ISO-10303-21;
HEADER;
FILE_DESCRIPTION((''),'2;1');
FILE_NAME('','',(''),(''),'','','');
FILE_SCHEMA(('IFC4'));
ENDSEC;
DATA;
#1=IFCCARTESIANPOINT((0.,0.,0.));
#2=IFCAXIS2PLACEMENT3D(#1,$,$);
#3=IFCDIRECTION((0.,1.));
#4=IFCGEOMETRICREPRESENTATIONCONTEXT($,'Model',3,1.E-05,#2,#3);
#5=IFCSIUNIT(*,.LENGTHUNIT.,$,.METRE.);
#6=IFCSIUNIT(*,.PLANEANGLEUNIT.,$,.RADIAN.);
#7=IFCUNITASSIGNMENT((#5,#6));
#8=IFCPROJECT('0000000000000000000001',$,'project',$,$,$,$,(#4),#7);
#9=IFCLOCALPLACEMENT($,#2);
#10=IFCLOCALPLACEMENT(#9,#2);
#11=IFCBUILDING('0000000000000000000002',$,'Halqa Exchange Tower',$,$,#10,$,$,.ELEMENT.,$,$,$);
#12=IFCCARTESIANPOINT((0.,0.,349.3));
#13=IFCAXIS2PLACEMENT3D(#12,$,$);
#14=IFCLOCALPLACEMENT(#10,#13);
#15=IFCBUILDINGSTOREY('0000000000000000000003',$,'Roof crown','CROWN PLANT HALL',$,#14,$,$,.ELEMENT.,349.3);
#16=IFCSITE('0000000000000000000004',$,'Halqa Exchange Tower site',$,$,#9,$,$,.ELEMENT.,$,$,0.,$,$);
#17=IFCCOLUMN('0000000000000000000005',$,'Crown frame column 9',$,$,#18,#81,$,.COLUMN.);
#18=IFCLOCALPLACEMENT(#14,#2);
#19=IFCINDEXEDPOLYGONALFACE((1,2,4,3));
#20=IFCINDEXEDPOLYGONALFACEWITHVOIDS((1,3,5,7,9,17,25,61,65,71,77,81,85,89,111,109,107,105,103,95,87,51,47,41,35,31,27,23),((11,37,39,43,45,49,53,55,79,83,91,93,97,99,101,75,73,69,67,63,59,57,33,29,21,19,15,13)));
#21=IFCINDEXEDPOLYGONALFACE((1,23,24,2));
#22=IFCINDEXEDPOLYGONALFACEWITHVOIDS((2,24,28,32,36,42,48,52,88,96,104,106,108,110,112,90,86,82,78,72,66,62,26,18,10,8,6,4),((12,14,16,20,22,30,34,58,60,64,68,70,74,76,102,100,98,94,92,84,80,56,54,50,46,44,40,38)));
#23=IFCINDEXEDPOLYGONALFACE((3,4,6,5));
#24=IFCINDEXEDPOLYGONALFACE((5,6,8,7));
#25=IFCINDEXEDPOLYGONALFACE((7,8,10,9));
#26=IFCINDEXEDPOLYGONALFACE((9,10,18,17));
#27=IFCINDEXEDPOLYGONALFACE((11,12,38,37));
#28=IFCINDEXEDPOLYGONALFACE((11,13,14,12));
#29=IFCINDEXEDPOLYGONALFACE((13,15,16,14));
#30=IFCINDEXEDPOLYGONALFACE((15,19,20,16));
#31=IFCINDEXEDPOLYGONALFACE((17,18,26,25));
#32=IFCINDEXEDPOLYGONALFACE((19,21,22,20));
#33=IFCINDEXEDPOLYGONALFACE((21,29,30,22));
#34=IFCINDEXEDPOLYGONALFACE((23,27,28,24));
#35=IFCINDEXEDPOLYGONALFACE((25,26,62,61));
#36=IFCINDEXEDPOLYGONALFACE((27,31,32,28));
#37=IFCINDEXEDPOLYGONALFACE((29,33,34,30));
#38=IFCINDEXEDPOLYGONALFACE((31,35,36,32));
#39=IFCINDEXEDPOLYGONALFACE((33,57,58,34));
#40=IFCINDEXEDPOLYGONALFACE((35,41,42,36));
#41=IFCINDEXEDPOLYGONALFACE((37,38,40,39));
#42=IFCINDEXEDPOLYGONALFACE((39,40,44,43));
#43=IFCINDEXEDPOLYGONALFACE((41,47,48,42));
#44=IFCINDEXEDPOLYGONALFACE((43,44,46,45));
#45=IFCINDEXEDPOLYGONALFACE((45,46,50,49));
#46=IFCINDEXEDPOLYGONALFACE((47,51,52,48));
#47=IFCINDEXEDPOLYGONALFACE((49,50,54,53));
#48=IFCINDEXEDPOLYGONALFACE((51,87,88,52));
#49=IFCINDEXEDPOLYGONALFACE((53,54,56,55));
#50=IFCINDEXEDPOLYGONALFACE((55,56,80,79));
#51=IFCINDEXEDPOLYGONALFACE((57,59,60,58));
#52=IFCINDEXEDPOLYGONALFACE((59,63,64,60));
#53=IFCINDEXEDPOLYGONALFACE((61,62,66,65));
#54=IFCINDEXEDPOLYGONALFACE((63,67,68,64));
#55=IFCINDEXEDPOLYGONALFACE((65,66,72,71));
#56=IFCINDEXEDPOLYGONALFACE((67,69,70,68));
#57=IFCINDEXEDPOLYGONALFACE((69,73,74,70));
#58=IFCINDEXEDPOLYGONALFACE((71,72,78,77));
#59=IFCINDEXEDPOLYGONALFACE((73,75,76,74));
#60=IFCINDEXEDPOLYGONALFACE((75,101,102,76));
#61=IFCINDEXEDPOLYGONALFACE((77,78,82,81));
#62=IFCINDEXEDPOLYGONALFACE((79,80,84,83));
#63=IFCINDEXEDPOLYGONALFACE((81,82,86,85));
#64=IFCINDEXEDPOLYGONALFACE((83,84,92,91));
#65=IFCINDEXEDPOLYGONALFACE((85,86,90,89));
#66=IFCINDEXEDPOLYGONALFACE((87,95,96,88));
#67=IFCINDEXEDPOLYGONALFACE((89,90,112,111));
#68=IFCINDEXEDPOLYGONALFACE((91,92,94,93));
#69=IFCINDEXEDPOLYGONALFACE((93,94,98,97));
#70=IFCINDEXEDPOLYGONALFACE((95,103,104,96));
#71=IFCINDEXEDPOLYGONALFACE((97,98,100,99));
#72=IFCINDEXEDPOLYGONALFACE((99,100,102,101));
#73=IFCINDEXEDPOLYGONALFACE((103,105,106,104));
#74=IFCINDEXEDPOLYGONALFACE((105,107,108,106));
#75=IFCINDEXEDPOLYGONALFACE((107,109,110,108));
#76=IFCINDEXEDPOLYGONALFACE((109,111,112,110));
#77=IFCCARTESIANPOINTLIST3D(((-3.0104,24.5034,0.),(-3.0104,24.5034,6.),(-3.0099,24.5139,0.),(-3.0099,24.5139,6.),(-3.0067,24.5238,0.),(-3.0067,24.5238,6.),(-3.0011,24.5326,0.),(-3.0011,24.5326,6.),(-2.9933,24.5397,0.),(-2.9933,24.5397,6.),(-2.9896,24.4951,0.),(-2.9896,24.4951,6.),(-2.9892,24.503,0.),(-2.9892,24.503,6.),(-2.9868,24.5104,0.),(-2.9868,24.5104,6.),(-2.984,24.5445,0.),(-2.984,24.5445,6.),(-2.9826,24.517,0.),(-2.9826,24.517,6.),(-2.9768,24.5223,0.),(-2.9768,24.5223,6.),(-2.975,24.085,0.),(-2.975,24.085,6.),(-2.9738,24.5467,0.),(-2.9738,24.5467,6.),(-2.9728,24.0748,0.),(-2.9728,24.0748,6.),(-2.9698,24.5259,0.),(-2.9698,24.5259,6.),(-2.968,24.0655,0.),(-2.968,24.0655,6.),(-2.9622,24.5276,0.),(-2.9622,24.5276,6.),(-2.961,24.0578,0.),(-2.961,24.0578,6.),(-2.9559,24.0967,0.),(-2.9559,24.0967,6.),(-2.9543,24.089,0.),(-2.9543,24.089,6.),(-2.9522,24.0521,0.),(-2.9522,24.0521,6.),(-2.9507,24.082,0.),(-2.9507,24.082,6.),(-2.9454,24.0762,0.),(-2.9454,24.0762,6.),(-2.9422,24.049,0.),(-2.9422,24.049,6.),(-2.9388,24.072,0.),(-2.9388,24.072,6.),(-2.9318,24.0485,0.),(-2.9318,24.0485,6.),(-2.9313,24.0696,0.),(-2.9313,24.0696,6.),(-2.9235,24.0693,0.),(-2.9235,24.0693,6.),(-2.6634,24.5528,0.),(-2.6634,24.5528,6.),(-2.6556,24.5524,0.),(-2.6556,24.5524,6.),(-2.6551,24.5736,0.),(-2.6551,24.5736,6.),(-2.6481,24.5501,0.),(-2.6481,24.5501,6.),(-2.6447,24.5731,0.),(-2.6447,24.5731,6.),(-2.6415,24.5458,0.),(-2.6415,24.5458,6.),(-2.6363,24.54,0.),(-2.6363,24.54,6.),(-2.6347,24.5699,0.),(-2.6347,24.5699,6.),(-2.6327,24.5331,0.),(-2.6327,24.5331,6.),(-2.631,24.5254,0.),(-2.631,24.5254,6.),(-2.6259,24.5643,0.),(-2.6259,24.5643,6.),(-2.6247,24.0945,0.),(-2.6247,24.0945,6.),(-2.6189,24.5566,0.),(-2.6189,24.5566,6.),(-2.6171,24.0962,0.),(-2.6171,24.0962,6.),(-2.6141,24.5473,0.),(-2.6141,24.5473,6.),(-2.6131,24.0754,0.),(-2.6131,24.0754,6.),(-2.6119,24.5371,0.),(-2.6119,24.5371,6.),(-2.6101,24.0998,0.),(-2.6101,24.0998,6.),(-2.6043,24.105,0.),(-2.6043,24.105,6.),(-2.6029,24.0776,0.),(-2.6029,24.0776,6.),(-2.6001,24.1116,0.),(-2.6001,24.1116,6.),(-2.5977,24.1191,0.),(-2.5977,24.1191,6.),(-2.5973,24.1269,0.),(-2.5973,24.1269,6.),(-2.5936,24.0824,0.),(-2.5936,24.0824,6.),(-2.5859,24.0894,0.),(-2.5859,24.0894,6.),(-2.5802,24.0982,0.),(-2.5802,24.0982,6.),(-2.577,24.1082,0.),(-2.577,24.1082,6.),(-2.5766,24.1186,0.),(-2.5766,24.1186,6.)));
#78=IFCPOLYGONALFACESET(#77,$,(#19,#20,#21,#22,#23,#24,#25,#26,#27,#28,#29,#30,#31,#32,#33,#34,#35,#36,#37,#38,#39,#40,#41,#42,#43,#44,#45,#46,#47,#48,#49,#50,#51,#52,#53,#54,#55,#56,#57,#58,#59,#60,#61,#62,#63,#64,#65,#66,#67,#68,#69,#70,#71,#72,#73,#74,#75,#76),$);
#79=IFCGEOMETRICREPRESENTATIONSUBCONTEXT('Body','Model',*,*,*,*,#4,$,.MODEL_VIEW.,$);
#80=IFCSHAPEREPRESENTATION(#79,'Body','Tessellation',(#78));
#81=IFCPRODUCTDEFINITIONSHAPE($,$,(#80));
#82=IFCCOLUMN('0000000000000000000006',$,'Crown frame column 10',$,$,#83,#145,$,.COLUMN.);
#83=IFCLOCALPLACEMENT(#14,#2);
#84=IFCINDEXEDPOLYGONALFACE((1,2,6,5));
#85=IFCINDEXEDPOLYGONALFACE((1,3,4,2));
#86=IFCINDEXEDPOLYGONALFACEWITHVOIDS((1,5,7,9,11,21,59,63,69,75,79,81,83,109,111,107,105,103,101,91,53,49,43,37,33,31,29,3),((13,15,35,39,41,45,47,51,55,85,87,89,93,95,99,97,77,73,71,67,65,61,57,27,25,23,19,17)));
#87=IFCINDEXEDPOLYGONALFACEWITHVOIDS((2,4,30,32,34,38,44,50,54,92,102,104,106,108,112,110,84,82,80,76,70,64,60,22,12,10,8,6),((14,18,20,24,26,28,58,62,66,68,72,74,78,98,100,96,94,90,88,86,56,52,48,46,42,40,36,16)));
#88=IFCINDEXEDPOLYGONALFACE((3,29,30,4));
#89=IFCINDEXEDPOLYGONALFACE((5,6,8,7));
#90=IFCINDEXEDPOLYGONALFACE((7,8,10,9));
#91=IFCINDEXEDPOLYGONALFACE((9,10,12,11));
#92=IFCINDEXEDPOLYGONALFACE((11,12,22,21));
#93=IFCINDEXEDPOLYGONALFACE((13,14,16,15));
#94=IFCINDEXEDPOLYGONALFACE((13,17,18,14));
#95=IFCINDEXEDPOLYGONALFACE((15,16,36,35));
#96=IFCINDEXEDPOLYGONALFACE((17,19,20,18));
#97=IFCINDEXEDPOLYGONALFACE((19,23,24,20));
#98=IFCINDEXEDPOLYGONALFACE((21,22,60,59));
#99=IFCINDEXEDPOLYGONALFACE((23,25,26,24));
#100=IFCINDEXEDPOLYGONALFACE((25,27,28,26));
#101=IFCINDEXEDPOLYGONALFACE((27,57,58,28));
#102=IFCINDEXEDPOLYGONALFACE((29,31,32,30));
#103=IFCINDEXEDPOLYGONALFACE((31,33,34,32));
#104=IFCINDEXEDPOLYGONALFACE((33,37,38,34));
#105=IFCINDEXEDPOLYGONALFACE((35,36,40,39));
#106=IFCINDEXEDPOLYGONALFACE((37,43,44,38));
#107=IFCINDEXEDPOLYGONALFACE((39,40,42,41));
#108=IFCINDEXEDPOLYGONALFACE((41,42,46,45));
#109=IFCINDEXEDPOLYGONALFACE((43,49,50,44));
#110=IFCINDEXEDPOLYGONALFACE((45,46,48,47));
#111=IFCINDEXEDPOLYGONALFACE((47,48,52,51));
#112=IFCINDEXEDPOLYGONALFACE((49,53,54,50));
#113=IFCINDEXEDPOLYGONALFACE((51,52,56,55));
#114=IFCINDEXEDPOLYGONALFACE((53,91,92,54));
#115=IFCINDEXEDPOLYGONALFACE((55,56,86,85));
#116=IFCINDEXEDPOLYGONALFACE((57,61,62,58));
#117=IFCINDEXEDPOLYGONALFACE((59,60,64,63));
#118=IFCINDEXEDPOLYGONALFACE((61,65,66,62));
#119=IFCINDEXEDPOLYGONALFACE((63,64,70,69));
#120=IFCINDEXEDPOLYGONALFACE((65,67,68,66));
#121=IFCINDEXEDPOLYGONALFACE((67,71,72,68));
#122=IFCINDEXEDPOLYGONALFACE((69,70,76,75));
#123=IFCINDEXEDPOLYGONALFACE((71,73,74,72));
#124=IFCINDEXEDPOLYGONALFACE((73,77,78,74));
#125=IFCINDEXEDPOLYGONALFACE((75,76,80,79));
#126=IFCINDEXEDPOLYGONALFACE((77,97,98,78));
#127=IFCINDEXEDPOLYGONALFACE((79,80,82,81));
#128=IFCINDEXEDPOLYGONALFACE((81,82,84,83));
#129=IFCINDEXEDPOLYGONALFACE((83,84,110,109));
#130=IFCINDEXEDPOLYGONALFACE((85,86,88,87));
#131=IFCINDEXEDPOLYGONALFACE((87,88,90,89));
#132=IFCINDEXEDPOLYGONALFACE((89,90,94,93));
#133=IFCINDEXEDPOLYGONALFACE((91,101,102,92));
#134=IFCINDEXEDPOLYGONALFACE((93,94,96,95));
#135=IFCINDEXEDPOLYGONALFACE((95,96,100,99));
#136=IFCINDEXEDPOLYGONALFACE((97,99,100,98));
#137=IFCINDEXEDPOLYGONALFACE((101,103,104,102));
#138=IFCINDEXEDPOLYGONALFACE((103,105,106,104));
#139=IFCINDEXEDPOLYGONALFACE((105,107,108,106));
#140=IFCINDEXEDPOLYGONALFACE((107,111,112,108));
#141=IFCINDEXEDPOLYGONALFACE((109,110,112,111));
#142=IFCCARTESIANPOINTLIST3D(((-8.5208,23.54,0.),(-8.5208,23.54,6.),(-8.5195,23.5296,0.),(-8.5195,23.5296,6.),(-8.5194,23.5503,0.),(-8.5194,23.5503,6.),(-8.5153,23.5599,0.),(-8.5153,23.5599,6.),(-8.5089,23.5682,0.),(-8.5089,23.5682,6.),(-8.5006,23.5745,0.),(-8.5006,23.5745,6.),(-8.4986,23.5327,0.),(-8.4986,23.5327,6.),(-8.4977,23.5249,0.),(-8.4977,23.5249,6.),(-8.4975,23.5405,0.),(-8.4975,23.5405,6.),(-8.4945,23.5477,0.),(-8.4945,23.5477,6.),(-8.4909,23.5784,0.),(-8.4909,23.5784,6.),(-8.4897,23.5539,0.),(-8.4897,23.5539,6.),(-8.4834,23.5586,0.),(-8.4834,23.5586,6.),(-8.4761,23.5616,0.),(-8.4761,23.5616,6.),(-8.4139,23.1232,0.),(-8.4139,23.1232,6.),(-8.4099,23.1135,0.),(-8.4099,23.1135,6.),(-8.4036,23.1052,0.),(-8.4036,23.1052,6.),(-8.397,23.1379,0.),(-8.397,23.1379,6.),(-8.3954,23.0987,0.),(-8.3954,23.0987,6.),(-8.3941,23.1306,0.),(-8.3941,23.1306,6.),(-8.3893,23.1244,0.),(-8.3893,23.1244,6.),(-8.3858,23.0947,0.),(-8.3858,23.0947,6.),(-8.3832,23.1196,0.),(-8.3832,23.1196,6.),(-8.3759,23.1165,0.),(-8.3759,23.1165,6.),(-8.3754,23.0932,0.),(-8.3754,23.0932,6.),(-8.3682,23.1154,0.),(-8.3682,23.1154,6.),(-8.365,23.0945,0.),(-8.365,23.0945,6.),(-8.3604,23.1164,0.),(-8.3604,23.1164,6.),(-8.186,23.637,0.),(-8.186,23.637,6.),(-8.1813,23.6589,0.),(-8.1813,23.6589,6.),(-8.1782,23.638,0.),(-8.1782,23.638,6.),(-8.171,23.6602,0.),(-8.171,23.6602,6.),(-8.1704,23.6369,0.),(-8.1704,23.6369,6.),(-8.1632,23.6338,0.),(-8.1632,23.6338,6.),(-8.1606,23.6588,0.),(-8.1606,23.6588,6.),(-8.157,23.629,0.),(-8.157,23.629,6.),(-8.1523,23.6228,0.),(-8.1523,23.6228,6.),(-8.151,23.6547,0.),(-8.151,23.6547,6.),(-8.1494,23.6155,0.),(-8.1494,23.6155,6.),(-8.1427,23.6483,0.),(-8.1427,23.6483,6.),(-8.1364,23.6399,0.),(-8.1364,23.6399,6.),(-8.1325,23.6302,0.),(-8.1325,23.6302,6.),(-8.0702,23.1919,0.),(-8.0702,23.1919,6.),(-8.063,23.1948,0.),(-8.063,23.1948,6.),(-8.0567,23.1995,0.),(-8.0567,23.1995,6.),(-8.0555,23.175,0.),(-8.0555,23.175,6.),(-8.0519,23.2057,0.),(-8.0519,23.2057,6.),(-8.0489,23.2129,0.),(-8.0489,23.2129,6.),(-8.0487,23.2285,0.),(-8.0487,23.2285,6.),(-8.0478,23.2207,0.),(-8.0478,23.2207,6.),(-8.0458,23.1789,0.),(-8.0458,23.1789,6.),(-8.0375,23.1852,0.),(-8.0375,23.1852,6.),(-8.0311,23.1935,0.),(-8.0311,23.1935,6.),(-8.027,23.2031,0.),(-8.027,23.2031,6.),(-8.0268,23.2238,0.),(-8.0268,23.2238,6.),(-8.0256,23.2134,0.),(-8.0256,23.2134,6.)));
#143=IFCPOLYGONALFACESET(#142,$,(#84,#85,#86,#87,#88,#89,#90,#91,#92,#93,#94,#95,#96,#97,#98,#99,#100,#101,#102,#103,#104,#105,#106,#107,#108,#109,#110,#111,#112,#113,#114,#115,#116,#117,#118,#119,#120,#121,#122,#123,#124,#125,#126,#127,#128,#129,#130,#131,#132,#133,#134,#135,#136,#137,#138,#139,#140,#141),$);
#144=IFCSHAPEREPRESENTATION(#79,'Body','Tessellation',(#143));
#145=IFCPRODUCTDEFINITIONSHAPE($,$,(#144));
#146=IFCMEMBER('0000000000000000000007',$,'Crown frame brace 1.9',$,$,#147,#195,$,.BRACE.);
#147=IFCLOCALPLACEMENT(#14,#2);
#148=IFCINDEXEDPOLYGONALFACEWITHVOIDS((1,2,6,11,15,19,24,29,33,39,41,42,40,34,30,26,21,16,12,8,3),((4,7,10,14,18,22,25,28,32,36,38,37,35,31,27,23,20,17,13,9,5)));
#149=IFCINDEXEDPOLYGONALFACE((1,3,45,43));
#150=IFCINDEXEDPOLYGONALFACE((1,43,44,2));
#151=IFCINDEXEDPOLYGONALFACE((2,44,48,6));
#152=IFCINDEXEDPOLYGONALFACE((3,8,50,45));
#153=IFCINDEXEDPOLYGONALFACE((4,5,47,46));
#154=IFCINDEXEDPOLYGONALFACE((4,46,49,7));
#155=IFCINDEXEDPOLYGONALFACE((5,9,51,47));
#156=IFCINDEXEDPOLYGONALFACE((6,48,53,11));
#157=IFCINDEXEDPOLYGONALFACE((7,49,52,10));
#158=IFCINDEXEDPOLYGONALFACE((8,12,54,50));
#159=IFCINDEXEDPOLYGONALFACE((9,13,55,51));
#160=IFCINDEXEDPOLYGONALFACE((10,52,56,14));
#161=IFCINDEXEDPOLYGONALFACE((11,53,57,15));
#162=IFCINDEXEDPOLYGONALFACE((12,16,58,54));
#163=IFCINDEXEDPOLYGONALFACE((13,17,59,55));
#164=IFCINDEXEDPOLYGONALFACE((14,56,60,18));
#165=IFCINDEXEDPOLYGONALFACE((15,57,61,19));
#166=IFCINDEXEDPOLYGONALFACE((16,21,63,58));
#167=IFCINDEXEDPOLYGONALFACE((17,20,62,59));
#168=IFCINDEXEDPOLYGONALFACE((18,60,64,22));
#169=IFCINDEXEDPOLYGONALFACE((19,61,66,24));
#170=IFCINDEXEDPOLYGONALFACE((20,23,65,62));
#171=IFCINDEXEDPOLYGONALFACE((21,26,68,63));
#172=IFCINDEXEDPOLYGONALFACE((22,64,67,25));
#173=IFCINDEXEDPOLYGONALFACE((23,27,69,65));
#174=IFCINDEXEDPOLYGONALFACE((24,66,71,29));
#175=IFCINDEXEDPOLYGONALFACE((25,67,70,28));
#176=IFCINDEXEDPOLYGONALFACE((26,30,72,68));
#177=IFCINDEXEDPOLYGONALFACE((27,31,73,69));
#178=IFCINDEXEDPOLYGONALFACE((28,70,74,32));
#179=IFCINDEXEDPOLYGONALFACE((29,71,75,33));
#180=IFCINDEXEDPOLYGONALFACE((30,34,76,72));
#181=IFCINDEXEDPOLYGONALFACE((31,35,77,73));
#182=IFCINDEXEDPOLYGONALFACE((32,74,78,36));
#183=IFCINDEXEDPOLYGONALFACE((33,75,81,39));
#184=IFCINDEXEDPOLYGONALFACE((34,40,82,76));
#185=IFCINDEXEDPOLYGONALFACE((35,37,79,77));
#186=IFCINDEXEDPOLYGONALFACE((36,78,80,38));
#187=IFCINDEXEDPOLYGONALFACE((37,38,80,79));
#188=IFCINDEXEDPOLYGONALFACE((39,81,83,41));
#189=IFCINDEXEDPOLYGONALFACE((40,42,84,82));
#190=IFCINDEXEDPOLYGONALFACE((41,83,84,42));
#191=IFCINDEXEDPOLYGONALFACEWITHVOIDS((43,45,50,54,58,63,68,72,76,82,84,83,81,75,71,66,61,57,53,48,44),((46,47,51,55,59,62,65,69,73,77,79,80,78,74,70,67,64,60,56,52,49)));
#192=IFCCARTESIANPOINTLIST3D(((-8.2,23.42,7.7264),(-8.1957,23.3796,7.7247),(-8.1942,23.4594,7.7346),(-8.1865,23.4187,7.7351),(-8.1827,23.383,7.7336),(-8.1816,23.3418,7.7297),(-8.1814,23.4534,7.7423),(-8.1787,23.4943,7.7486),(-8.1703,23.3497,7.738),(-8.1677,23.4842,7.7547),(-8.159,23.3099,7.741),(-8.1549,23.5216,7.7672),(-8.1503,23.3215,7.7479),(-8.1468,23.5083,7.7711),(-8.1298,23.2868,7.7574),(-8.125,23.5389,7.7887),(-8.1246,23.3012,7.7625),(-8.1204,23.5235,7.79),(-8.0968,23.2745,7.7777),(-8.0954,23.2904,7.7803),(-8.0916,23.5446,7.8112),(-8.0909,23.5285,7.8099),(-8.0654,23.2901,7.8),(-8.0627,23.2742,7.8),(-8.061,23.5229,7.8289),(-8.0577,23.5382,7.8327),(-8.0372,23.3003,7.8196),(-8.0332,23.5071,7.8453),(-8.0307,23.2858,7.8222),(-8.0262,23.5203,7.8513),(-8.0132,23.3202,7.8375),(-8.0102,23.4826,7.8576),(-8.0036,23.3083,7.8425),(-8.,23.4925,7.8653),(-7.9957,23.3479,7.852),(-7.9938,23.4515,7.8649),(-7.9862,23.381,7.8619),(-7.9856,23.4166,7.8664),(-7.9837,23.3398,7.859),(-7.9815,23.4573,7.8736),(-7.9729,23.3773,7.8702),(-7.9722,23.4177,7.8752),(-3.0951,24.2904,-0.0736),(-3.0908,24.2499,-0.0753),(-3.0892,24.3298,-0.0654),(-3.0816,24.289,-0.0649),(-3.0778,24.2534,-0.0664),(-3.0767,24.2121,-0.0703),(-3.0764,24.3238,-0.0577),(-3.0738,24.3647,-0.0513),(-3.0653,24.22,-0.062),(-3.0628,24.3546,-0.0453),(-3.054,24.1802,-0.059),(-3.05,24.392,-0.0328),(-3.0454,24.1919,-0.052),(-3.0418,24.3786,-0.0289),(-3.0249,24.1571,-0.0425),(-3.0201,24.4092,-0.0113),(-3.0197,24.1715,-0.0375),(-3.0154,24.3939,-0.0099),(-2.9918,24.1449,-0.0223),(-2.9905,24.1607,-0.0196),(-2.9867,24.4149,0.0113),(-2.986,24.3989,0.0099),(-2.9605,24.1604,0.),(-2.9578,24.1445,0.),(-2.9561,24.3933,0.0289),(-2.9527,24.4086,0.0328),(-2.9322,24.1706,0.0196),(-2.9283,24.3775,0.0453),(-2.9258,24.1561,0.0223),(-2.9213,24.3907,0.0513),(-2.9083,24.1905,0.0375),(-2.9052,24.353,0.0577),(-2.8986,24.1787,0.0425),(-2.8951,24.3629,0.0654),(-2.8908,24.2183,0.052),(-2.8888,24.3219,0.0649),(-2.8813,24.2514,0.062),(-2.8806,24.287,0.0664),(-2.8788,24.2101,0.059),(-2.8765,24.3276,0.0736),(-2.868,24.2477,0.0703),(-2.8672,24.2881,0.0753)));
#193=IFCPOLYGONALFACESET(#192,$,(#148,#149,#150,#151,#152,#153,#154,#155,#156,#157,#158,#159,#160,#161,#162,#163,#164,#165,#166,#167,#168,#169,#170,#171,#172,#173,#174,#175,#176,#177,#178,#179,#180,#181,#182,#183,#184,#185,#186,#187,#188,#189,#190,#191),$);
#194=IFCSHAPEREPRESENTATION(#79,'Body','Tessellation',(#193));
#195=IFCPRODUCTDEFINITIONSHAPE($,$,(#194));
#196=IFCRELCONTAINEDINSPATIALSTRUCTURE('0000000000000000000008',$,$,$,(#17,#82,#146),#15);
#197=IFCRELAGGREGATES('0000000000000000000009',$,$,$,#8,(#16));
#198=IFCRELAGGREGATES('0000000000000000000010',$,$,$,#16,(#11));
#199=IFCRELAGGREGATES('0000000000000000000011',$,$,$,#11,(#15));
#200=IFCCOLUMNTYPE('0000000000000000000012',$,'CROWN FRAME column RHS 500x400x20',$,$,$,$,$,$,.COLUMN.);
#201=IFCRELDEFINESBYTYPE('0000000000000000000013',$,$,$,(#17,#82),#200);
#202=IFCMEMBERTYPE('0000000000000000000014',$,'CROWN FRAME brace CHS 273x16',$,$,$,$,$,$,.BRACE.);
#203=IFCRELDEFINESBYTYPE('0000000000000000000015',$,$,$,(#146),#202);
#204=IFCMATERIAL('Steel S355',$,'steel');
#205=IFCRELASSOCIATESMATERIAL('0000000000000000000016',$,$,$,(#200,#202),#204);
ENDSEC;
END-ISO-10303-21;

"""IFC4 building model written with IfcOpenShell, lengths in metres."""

from ifc_helpers import new_model, si_unit, direction, frame, origin, origin_2d, place, context, subcontext, project, spatial, hollow_rectangle, hollow_circle, extrude, material, material_profile, profile_set, type_object, element, save


model = new_model("IFC4")

# Units and contexts
model_context = context("Model", 3, precision=1e-05, world=origin(), true_north=direction((0.0, 1.0)))
body_context = subcontext(model_context, "Body", "Model", "MODEL_VIEW")
ifc_project = project(units=[si_unit("LENGTHUNIT", "METRE"), si_unit("PLANEANGLEUNIT", "RADIAN")], contexts=[model_context])

# Site, building, storey
site_placement = place(None, origin())
site = spatial("IfcSite", under=ifc_project, at=site_placement, Name="Halqa Exchange Tower site", CompositionType="ELEMENT", RefElevation=0.0)
building_placement = place(site_placement, origin())
building = spatial("IfcBuilding", under=site, at=building_placement, Name="Halqa Exchange Tower", CompositionType="ELEMENT")
storey_placement = place(building_placement, frame((0.0, 0.0, 349.3)))
storey = spatial("IfcBuildingStorey", under=building, at=storey_placement, Name="Roof crown", Description="CROWN PLANT HALL", CompositionType="ELEMENT", Elevation=349.3)

# Columns
ifc_material_1 = material(Name="Steel S355", Category="steel")
ifc_material_profile_1 = material_profile(ifc_material_1, hollow_rectangle(XDim=0.3999, YDim=0.5, WallThickness=0.02, InnerFilletRadius=0.03, OuterFilletRadius=0.04, at=origin_2d()), Name="RHS 500x400x20")
ifc_profile_set_1 = profile_set([ifc_material_profile_1], Name="Steel S355")
column_type = type_object("IfcColumnType", Name="CROWN FRAME column RHS 500x400x20", PredefinedType="COLUMN", material=ifc_profile_set_1)
for number, where, z_axis, x_axis, name in (
    (1, (-2.7935, 24.311, 0.0), (0.0, 0.0, 1.0), (-0.996455, -0.084127, 0.0), "Crown frame column 9"),
    (2, (-8.2732, 23.3767, 0.0), (0.0, 0.0, 1.0), (-0.967819, -0.251647, 0.0), "Crown frame column 10"),
):
    element("IfcColumn", number, at=place(storey_placement, frame(where, z_axis=z_axis, x_axis=x_axis)), inside=storey, type_object=column_type, Name=name, PredefinedType="COLUMN", context=body_context, shape_type="SweptSolid", body=[
        extrude(hollow_rectangle(XDim=0.3999, YDim=0.5, WallThickness=0.02, InnerFilletRadius=0.03, OuterFilletRadius=0.04, at=origin_2d()), origin(), (0.0, 0.0, 1.0), 6.0),
    ])

# Member
ifc_material_profile_2 = material_profile(ifc_material_1, hollow_circle(Radius=0.1365, WallThickness=0.0161, at=origin_2d()), Name="CHS 273x16")
ifc_profile_set_2 = profile_set([ifc_material_profile_2], Name="Steel S355")
member_type = type_object("IfcMemberType", Name="CROWN FRAME brace CHS 273x16", PredefinedType="BRACE", material=ifc_profile_set_2)
member_1_placement = place(storey_placement, frame((-2.9807, 24.2791, 0.0), z_axis=(-0.54525, -0.092961, 0.833103), x_axis=(0.168067, -0.985776, 0.0)))
element("IfcMember", 3, at=member_1_placement, inside=storey, type_object=member_type, Name="Crown frame brace 1.9", PredefinedType="BRACE", context=body_context, shape_type="SweptSolid", body=[
    extrude(hollow_circle(Radius=0.1365, WallThickness=0.0161, at=origin_2d()), origin(), (0.0, 0.0, 1.0), 9.3625),
])

save(model, "model.ifc")
